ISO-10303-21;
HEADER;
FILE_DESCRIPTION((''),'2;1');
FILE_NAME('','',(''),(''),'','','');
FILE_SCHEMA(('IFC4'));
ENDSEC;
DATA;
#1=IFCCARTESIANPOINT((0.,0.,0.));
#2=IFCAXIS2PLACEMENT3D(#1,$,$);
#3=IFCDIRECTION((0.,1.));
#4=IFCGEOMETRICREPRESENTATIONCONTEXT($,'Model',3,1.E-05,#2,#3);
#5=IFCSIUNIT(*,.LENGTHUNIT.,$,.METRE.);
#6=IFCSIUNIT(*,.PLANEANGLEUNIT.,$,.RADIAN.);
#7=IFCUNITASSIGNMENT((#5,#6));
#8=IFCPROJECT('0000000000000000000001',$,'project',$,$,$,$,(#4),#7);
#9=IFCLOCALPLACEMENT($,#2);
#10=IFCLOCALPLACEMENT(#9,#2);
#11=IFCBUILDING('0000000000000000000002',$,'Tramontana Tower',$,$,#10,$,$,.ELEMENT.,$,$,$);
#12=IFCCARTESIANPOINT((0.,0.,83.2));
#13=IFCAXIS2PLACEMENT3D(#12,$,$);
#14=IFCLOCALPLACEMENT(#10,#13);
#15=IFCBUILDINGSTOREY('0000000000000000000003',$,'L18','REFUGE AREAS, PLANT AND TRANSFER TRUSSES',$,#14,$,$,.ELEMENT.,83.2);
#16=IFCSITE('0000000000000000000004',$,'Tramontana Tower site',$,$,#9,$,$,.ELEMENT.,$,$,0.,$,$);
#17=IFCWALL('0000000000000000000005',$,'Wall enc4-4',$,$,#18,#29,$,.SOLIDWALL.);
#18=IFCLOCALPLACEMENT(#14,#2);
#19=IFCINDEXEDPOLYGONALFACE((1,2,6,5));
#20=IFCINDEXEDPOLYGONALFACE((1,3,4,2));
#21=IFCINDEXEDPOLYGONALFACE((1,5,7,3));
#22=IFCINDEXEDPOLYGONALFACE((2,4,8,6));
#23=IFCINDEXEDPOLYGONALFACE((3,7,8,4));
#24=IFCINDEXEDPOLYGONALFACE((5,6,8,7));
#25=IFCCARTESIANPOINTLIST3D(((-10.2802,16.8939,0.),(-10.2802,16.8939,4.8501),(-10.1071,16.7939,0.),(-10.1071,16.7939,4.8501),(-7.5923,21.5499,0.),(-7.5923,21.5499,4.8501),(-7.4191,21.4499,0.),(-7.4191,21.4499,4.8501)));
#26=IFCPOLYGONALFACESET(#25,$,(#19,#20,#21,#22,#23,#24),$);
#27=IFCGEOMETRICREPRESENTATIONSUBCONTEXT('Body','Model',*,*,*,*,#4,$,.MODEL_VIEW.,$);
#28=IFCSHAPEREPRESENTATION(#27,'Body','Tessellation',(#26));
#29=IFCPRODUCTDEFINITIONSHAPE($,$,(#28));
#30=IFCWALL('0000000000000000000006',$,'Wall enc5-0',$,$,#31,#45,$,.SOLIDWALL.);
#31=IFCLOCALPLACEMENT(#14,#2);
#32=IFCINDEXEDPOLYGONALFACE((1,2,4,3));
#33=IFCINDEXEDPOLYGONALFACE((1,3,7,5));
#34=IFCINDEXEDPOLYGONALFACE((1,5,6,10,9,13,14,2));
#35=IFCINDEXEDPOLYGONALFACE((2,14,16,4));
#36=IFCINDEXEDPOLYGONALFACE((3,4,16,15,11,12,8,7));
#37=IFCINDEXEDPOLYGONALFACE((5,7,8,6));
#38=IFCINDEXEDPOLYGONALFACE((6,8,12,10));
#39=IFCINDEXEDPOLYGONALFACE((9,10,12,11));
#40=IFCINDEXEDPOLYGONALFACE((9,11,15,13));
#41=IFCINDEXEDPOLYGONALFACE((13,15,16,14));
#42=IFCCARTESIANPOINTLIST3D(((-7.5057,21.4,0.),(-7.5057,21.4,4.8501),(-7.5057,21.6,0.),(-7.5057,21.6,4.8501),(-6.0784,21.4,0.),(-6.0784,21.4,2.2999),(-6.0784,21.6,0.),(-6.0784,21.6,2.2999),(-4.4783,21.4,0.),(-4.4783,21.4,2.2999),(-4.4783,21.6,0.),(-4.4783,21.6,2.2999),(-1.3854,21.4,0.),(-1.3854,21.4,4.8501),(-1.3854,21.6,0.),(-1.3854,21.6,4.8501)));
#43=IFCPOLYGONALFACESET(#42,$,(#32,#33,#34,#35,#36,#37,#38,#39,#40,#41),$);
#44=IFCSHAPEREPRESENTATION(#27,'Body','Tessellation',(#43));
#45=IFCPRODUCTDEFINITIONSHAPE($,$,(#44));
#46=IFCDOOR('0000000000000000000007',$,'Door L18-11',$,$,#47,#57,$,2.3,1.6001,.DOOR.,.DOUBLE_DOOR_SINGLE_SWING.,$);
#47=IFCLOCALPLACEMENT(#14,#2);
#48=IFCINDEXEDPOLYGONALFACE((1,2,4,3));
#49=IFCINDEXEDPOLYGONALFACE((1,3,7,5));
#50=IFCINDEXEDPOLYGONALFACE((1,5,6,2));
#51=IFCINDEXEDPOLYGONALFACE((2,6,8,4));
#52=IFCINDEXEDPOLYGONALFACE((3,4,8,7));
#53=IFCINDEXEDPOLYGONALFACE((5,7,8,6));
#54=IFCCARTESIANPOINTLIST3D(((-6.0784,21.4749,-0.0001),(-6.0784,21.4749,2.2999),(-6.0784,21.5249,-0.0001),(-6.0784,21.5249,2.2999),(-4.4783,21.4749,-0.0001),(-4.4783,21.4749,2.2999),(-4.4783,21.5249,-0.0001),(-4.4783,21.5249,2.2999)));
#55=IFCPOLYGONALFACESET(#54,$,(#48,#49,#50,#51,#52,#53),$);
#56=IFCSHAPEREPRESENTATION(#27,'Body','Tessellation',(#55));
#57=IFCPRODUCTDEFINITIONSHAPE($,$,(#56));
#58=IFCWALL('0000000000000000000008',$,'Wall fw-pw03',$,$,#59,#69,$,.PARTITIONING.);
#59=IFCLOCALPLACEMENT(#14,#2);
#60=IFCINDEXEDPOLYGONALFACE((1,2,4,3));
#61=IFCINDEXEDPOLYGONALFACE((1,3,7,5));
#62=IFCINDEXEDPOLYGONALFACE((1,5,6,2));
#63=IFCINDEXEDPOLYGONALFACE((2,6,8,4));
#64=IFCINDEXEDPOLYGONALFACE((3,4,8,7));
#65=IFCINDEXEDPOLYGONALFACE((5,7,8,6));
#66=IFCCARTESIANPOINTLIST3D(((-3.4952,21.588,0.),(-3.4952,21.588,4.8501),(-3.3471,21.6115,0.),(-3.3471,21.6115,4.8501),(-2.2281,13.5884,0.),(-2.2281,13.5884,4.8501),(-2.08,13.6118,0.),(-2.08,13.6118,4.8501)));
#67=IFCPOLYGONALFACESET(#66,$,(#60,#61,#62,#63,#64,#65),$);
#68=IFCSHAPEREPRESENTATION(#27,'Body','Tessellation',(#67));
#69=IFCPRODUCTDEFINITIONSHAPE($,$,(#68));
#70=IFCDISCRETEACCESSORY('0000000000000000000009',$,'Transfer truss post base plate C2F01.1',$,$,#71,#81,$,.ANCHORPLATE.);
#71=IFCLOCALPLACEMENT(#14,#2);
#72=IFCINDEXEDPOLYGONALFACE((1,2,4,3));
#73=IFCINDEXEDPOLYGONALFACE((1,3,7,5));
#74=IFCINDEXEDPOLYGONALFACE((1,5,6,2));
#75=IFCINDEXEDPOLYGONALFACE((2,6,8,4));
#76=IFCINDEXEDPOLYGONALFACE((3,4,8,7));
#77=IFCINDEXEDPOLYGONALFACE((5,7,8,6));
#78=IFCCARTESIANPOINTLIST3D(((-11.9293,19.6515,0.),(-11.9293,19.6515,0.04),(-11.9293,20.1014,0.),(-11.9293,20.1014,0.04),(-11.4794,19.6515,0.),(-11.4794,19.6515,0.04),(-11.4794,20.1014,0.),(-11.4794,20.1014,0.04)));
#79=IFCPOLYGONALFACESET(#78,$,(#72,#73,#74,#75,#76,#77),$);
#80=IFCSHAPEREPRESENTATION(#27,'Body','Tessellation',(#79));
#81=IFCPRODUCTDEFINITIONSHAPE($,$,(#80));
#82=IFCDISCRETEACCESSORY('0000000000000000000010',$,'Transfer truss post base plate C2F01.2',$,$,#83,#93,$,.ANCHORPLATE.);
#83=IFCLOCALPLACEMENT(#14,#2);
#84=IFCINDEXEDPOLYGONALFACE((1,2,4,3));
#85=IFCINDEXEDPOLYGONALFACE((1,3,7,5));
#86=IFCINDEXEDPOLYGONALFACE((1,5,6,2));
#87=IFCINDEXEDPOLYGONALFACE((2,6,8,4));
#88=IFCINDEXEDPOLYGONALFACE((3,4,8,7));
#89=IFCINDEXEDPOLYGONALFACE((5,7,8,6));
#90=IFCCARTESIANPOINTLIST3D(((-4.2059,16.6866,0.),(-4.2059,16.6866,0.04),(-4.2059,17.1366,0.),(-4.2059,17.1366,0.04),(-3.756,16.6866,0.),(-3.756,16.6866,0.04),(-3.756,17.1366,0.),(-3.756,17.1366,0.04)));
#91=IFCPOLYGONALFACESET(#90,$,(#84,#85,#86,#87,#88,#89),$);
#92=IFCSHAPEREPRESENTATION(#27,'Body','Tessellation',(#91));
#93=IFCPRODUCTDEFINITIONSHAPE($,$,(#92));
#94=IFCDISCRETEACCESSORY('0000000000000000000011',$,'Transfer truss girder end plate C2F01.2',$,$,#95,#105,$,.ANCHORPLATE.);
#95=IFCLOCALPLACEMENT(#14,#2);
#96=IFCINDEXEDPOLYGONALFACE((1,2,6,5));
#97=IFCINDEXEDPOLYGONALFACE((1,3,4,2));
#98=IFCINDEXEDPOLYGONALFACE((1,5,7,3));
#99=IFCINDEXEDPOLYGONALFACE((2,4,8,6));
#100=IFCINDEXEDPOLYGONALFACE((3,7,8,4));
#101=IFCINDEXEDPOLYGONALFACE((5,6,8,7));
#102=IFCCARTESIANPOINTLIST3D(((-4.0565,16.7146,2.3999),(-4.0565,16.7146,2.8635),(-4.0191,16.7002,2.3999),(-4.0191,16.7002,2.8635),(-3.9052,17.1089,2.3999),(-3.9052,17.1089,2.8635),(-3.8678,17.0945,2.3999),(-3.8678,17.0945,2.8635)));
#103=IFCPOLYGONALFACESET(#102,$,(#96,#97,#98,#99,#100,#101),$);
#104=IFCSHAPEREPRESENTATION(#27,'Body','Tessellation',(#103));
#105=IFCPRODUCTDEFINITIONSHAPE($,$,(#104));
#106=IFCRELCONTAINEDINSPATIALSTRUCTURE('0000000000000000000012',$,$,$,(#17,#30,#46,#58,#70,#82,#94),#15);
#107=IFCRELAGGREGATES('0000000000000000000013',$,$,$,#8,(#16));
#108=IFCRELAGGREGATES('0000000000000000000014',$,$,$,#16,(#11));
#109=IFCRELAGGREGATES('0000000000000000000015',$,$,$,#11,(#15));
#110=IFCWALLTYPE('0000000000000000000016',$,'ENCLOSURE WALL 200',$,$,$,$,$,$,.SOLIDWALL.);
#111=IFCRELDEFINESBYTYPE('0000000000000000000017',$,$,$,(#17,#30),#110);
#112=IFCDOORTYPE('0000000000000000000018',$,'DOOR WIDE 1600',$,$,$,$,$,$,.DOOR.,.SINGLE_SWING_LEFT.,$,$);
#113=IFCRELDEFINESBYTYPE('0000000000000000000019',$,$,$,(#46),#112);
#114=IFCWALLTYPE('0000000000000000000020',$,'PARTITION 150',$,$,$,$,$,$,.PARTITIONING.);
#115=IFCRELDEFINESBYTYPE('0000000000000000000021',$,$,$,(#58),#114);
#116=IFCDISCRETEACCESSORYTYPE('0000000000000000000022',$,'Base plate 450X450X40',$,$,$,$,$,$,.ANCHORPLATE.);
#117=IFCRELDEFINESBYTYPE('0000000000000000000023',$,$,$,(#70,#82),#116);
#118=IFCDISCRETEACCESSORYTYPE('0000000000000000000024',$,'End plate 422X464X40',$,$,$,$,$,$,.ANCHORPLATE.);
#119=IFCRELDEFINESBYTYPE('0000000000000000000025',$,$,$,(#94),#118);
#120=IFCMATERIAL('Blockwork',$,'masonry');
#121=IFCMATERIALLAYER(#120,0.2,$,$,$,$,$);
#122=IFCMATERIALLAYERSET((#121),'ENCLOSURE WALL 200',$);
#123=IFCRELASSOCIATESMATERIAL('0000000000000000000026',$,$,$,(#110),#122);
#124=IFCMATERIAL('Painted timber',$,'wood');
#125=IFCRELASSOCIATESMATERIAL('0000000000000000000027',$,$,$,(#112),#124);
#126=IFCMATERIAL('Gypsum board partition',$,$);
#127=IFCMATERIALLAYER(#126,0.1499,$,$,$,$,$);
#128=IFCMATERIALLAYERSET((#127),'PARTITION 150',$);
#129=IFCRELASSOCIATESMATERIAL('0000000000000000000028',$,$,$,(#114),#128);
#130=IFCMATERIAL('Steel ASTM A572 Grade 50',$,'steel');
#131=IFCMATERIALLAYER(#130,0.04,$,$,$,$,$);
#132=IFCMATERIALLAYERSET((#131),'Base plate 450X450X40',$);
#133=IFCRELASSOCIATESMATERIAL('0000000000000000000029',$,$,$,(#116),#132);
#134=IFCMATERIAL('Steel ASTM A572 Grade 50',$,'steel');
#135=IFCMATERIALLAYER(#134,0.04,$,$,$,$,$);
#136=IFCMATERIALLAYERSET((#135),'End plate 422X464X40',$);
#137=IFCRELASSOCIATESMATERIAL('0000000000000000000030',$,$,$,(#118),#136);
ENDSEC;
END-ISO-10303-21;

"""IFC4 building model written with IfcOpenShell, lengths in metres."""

from ifc_helpers import new_model, si_unit, direction, frame, frame_2d, origin, origin_2d, place, context, subcontext, project, spatial, rectangle, extrude, material, layer, layer_set, type_object, element, fill, save


model = new_model("IFC4")

# Units and contexts
model_context = context("Model", 3, precision=1e-05, world=origin(), true_north=direction((0.0, 1.0)))
body_context = subcontext(model_context, "Body", "Model", "MODEL_VIEW")
ifc_project = project(units=[si_unit("LENGTHUNIT", "METRE"), si_unit("PLANEANGLEUNIT", "RADIAN")], contexts=[model_context])

# Site, building, storey
site_placement = place(None, origin())
site = spatial("IfcSite", under=ifc_project, at=site_placement, Name="Tramontana Tower site", CompositionType="ELEMENT", RefElevation=0.0)
building_placement = place(site_placement, origin())
building = spatial("IfcBuilding", under=site, at=building_placement, Name="Tramontana Tower", CompositionType="ELEMENT")
storey_placement = place(building_placement, frame((0.0, 0.0, 83.2)))
storey = spatial("IfcBuildingStorey", under=building, at=storey_placement, Name="L18", Description="REFUGE AREAS, PLANT AND TRANSFER TRUSSES", CompositionType="ELEMENT", Elevation=83.2)

# Shared definitions
ifc_material_1 = material(Name="Blockwork", Category="masonry")
ifc_layer_1 = layer(ifc_material_1, 0.2)
ifc_layer_set_1 = layer_set([ifc_layer_1], Name="ENCLOSURE WALL 200")
wall_type_1 = type_object("IfcWallType", Name="ENCLOSURE WALL 200", PredefinedType="SOLIDWALL", material=ifc_layer_set_1)
ifc_material_2 = material(Name="Painted timber", Category="wood")
door_type = type_object("IfcDoorType", Name="DOOR WIDE 1600", OperationType="SINGLE_SWING_LEFT", PredefinedType="DOOR", material=ifc_material_2)

# Wall
wall_1_placement = place(storey_placement, frame((-10.1936, 16.844, 0.0), z_axis=(0.0, 0.0, 1.0), x_axis=(0.499978, 0.866038, 0.0)))
element("IfcWall", 1, at=wall_1_placement, inside=storey, type_object=wall_type_1, Name="Wall enc4-4", PredefinedType="SOLIDWALL", context=body_context, shape_type="SweptSolid", body=[
    extrude(rectangle(XDim=5.3762, YDim=0.2, at=frame_2d((2.688, 0.0))), origin(), (0.0, 0.0, 1.0), 4.8501),
])

# Wall, opening, door
wall_2_placement = place(storey_placement, frame((-7.5056, 21.5, 0.0), z_axis=(0.0, 0.0, 1.0), x_axis=(1.0, 0.0, 0.0)))
wall_2 = element("IfcWall", 2, at=wall_2_placement, inside=storey, type_object=wall_type_1, Name="Wall enc5-0", PredefinedType="SOLIDWALL", context=body_context, shape_type="SweptSolid", body=[
    extrude(rectangle(XDim=6.1204, YDim=0.2, at=frame_2d((3.0601, 0.0))), origin(), (0.0, 0.0, 1.0), 4.8501),
])
opening_1_placement = place(wall_2_placement, frame((1.4272, 0.0, 0.0)))
opening_1 = element("IfcOpeningElement", 3, at=opening_1_placement, cuts=wall_2, PredefinedType="OPENING", context=body_context, shape_type="SweptSolid", body=[
    extrude(rectangle(XDim=1.6001, YDim=2.3, at=frame_2d((0.8, 1.1499))), frame((0.0, 0.1099, 0.0), z_axis=(0.0, -1.0, 0.0), x_axis=(1.0, 0.0, 0.0)), (0.0, 0.0, 1.0), 0.22),
])
door_1_placement = place(opening_1_placement, origin())
door_1 = element("IfcDoor", 4, at=door_1_placement, inside=storey, type_object=door_type, Name="Door L18-11", OperationType="DOUBLE_DOOR_SINGLE_SWING", OverallHeight=2.3, OverallWidth=1.6001, PredefinedType="DOOR", context=body_context, shape_type="SweptSolid", body=[
    extrude(rectangle(XDim=1.6001, YDim=2.3, at=frame_2d((0.8, 1.1499))), frame((0.0, 0.0249, 0.0), z_axis=(0.0, -1.0, 0.0), x_axis=(1.0, 0.0, 0.0)), (0.0, 0.0, 1.0), 0.05),
])
fill(opening_1, door_1)

# Wall
ifc_material_3 = material(Name="Gypsum board partition")
ifc_layer_2 = layer(ifc_material_3, 0.1499)
ifc_layer_set_2 = layer_set([ifc_layer_2], Name="PARTITION 150")
wall_type_2 = type_object("IfcWallType", Name="PARTITION 150", PredefinedType="PARTITIONING", material=ifc_layer_set_2)
wall_3_placement = place(storey_placement, frame((-3.4211, 21.5999, 0.0), z_axis=(0.0, 0.0, 1.0), x_axis=(0.156441, -0.987687, 0.0)))
element("IfcWall", 5, at=wall_3_placement, inside=storey, type_object=wall_type_2, Name="Wall fw-pw03", PredefinedType="PARTITIONING", context=body_context, shape_type="SweptSolid", body=[
    extrude(rectangle(XDim=8.0994, YDim=0.1499, at=frame_2d((4.0498, 0.0))), origin(), (0.0, 0.0, 1.0), 4.8501),
])

# Discrete accessories
ifc_material_4 = material(Name="Steel ASTM A572 Grade 50", Category="steel")
ifc_layer_3 = layer(ifc_material_4, 0.04)
ifc_layer_set_3 = layer_set([ifc_layer_3], Name="Base plate 450X450X40")
discrete_accessory_type_1 = type_object("IfcDiscreteAccessoryType", Name="Base plate 450X450X40", PredefinedType="ANCHORPLATE", material=ifc_layer_set_3)
for number, where, z_axis, x_axis, name in (
    (6, (-11.7043, 19.8765, 0.0), (0.0, 0.0, 1.0), (1.0, 0.0, 0.0), "Transfer truss post base plate C2F01.1"),
    (7, (-3.981, 16.9116, 0.0), (0.0, 0.0, 1.0), (1.0, 0.0, 0.0), "Transfer truss post base plate C2F01.2"),
):
    element("IfcDiscreteAccessory", number, at=place(storey_placement, frame(where, z_axis=z_axis, x_axis=x_axis)), inside=storey, type_object=discrete_accessory_type_1, Name=name, PredefinedType="ANCHORPLATE", context=body_context, shape_type="SweptSolid", body=[
        extrude(rectangle(XDim=0.45, YDim=0.45, at=origin_2d()), origin(), (0.0, 0.0, 1.0), 0.04),
    ])
ifc_material_5 = material(Name="Steel ASTM A572 Grade 50", Category="steel")
ifc_layer_4 = layer(ifc_material_5, 0.04)
ifc_layer_set_4 = layer_set([ifc_layer_4], Name="End plate 422X464X40")
discrete_accessory_type_2 = type_object("IfcDiscreteAccessoryType", Name="End plate 422X464X40", PredefinedType="ANCHORPLATE", material=ifc_layer_set_4)
discrete_accessory_placement = place(storey_placement, frame((-3.9622, 16.9045, 2.3999), z_axis=(0.0, 0.0, 1.0), x_axis=(-0.358368, -0.93358, 0.0)))
element("IfcDiscreteAccessory", 8, at=discrete_accessory_placement, inside=storey, type_object=discrete_accessory_type_2, Name="Transfer truss girder end plate C2F01.2", PredefinedType="ANCHORPLATE", context=body_context, shape_type="SweptSolid", body=[
    extrude(rectangle(XDim=0.4224, YDim=0.04, at=origin_2d()), origin(), (0.0, 0.0, 1.0), 0.4636),
])

save(model, "model.ifc")
